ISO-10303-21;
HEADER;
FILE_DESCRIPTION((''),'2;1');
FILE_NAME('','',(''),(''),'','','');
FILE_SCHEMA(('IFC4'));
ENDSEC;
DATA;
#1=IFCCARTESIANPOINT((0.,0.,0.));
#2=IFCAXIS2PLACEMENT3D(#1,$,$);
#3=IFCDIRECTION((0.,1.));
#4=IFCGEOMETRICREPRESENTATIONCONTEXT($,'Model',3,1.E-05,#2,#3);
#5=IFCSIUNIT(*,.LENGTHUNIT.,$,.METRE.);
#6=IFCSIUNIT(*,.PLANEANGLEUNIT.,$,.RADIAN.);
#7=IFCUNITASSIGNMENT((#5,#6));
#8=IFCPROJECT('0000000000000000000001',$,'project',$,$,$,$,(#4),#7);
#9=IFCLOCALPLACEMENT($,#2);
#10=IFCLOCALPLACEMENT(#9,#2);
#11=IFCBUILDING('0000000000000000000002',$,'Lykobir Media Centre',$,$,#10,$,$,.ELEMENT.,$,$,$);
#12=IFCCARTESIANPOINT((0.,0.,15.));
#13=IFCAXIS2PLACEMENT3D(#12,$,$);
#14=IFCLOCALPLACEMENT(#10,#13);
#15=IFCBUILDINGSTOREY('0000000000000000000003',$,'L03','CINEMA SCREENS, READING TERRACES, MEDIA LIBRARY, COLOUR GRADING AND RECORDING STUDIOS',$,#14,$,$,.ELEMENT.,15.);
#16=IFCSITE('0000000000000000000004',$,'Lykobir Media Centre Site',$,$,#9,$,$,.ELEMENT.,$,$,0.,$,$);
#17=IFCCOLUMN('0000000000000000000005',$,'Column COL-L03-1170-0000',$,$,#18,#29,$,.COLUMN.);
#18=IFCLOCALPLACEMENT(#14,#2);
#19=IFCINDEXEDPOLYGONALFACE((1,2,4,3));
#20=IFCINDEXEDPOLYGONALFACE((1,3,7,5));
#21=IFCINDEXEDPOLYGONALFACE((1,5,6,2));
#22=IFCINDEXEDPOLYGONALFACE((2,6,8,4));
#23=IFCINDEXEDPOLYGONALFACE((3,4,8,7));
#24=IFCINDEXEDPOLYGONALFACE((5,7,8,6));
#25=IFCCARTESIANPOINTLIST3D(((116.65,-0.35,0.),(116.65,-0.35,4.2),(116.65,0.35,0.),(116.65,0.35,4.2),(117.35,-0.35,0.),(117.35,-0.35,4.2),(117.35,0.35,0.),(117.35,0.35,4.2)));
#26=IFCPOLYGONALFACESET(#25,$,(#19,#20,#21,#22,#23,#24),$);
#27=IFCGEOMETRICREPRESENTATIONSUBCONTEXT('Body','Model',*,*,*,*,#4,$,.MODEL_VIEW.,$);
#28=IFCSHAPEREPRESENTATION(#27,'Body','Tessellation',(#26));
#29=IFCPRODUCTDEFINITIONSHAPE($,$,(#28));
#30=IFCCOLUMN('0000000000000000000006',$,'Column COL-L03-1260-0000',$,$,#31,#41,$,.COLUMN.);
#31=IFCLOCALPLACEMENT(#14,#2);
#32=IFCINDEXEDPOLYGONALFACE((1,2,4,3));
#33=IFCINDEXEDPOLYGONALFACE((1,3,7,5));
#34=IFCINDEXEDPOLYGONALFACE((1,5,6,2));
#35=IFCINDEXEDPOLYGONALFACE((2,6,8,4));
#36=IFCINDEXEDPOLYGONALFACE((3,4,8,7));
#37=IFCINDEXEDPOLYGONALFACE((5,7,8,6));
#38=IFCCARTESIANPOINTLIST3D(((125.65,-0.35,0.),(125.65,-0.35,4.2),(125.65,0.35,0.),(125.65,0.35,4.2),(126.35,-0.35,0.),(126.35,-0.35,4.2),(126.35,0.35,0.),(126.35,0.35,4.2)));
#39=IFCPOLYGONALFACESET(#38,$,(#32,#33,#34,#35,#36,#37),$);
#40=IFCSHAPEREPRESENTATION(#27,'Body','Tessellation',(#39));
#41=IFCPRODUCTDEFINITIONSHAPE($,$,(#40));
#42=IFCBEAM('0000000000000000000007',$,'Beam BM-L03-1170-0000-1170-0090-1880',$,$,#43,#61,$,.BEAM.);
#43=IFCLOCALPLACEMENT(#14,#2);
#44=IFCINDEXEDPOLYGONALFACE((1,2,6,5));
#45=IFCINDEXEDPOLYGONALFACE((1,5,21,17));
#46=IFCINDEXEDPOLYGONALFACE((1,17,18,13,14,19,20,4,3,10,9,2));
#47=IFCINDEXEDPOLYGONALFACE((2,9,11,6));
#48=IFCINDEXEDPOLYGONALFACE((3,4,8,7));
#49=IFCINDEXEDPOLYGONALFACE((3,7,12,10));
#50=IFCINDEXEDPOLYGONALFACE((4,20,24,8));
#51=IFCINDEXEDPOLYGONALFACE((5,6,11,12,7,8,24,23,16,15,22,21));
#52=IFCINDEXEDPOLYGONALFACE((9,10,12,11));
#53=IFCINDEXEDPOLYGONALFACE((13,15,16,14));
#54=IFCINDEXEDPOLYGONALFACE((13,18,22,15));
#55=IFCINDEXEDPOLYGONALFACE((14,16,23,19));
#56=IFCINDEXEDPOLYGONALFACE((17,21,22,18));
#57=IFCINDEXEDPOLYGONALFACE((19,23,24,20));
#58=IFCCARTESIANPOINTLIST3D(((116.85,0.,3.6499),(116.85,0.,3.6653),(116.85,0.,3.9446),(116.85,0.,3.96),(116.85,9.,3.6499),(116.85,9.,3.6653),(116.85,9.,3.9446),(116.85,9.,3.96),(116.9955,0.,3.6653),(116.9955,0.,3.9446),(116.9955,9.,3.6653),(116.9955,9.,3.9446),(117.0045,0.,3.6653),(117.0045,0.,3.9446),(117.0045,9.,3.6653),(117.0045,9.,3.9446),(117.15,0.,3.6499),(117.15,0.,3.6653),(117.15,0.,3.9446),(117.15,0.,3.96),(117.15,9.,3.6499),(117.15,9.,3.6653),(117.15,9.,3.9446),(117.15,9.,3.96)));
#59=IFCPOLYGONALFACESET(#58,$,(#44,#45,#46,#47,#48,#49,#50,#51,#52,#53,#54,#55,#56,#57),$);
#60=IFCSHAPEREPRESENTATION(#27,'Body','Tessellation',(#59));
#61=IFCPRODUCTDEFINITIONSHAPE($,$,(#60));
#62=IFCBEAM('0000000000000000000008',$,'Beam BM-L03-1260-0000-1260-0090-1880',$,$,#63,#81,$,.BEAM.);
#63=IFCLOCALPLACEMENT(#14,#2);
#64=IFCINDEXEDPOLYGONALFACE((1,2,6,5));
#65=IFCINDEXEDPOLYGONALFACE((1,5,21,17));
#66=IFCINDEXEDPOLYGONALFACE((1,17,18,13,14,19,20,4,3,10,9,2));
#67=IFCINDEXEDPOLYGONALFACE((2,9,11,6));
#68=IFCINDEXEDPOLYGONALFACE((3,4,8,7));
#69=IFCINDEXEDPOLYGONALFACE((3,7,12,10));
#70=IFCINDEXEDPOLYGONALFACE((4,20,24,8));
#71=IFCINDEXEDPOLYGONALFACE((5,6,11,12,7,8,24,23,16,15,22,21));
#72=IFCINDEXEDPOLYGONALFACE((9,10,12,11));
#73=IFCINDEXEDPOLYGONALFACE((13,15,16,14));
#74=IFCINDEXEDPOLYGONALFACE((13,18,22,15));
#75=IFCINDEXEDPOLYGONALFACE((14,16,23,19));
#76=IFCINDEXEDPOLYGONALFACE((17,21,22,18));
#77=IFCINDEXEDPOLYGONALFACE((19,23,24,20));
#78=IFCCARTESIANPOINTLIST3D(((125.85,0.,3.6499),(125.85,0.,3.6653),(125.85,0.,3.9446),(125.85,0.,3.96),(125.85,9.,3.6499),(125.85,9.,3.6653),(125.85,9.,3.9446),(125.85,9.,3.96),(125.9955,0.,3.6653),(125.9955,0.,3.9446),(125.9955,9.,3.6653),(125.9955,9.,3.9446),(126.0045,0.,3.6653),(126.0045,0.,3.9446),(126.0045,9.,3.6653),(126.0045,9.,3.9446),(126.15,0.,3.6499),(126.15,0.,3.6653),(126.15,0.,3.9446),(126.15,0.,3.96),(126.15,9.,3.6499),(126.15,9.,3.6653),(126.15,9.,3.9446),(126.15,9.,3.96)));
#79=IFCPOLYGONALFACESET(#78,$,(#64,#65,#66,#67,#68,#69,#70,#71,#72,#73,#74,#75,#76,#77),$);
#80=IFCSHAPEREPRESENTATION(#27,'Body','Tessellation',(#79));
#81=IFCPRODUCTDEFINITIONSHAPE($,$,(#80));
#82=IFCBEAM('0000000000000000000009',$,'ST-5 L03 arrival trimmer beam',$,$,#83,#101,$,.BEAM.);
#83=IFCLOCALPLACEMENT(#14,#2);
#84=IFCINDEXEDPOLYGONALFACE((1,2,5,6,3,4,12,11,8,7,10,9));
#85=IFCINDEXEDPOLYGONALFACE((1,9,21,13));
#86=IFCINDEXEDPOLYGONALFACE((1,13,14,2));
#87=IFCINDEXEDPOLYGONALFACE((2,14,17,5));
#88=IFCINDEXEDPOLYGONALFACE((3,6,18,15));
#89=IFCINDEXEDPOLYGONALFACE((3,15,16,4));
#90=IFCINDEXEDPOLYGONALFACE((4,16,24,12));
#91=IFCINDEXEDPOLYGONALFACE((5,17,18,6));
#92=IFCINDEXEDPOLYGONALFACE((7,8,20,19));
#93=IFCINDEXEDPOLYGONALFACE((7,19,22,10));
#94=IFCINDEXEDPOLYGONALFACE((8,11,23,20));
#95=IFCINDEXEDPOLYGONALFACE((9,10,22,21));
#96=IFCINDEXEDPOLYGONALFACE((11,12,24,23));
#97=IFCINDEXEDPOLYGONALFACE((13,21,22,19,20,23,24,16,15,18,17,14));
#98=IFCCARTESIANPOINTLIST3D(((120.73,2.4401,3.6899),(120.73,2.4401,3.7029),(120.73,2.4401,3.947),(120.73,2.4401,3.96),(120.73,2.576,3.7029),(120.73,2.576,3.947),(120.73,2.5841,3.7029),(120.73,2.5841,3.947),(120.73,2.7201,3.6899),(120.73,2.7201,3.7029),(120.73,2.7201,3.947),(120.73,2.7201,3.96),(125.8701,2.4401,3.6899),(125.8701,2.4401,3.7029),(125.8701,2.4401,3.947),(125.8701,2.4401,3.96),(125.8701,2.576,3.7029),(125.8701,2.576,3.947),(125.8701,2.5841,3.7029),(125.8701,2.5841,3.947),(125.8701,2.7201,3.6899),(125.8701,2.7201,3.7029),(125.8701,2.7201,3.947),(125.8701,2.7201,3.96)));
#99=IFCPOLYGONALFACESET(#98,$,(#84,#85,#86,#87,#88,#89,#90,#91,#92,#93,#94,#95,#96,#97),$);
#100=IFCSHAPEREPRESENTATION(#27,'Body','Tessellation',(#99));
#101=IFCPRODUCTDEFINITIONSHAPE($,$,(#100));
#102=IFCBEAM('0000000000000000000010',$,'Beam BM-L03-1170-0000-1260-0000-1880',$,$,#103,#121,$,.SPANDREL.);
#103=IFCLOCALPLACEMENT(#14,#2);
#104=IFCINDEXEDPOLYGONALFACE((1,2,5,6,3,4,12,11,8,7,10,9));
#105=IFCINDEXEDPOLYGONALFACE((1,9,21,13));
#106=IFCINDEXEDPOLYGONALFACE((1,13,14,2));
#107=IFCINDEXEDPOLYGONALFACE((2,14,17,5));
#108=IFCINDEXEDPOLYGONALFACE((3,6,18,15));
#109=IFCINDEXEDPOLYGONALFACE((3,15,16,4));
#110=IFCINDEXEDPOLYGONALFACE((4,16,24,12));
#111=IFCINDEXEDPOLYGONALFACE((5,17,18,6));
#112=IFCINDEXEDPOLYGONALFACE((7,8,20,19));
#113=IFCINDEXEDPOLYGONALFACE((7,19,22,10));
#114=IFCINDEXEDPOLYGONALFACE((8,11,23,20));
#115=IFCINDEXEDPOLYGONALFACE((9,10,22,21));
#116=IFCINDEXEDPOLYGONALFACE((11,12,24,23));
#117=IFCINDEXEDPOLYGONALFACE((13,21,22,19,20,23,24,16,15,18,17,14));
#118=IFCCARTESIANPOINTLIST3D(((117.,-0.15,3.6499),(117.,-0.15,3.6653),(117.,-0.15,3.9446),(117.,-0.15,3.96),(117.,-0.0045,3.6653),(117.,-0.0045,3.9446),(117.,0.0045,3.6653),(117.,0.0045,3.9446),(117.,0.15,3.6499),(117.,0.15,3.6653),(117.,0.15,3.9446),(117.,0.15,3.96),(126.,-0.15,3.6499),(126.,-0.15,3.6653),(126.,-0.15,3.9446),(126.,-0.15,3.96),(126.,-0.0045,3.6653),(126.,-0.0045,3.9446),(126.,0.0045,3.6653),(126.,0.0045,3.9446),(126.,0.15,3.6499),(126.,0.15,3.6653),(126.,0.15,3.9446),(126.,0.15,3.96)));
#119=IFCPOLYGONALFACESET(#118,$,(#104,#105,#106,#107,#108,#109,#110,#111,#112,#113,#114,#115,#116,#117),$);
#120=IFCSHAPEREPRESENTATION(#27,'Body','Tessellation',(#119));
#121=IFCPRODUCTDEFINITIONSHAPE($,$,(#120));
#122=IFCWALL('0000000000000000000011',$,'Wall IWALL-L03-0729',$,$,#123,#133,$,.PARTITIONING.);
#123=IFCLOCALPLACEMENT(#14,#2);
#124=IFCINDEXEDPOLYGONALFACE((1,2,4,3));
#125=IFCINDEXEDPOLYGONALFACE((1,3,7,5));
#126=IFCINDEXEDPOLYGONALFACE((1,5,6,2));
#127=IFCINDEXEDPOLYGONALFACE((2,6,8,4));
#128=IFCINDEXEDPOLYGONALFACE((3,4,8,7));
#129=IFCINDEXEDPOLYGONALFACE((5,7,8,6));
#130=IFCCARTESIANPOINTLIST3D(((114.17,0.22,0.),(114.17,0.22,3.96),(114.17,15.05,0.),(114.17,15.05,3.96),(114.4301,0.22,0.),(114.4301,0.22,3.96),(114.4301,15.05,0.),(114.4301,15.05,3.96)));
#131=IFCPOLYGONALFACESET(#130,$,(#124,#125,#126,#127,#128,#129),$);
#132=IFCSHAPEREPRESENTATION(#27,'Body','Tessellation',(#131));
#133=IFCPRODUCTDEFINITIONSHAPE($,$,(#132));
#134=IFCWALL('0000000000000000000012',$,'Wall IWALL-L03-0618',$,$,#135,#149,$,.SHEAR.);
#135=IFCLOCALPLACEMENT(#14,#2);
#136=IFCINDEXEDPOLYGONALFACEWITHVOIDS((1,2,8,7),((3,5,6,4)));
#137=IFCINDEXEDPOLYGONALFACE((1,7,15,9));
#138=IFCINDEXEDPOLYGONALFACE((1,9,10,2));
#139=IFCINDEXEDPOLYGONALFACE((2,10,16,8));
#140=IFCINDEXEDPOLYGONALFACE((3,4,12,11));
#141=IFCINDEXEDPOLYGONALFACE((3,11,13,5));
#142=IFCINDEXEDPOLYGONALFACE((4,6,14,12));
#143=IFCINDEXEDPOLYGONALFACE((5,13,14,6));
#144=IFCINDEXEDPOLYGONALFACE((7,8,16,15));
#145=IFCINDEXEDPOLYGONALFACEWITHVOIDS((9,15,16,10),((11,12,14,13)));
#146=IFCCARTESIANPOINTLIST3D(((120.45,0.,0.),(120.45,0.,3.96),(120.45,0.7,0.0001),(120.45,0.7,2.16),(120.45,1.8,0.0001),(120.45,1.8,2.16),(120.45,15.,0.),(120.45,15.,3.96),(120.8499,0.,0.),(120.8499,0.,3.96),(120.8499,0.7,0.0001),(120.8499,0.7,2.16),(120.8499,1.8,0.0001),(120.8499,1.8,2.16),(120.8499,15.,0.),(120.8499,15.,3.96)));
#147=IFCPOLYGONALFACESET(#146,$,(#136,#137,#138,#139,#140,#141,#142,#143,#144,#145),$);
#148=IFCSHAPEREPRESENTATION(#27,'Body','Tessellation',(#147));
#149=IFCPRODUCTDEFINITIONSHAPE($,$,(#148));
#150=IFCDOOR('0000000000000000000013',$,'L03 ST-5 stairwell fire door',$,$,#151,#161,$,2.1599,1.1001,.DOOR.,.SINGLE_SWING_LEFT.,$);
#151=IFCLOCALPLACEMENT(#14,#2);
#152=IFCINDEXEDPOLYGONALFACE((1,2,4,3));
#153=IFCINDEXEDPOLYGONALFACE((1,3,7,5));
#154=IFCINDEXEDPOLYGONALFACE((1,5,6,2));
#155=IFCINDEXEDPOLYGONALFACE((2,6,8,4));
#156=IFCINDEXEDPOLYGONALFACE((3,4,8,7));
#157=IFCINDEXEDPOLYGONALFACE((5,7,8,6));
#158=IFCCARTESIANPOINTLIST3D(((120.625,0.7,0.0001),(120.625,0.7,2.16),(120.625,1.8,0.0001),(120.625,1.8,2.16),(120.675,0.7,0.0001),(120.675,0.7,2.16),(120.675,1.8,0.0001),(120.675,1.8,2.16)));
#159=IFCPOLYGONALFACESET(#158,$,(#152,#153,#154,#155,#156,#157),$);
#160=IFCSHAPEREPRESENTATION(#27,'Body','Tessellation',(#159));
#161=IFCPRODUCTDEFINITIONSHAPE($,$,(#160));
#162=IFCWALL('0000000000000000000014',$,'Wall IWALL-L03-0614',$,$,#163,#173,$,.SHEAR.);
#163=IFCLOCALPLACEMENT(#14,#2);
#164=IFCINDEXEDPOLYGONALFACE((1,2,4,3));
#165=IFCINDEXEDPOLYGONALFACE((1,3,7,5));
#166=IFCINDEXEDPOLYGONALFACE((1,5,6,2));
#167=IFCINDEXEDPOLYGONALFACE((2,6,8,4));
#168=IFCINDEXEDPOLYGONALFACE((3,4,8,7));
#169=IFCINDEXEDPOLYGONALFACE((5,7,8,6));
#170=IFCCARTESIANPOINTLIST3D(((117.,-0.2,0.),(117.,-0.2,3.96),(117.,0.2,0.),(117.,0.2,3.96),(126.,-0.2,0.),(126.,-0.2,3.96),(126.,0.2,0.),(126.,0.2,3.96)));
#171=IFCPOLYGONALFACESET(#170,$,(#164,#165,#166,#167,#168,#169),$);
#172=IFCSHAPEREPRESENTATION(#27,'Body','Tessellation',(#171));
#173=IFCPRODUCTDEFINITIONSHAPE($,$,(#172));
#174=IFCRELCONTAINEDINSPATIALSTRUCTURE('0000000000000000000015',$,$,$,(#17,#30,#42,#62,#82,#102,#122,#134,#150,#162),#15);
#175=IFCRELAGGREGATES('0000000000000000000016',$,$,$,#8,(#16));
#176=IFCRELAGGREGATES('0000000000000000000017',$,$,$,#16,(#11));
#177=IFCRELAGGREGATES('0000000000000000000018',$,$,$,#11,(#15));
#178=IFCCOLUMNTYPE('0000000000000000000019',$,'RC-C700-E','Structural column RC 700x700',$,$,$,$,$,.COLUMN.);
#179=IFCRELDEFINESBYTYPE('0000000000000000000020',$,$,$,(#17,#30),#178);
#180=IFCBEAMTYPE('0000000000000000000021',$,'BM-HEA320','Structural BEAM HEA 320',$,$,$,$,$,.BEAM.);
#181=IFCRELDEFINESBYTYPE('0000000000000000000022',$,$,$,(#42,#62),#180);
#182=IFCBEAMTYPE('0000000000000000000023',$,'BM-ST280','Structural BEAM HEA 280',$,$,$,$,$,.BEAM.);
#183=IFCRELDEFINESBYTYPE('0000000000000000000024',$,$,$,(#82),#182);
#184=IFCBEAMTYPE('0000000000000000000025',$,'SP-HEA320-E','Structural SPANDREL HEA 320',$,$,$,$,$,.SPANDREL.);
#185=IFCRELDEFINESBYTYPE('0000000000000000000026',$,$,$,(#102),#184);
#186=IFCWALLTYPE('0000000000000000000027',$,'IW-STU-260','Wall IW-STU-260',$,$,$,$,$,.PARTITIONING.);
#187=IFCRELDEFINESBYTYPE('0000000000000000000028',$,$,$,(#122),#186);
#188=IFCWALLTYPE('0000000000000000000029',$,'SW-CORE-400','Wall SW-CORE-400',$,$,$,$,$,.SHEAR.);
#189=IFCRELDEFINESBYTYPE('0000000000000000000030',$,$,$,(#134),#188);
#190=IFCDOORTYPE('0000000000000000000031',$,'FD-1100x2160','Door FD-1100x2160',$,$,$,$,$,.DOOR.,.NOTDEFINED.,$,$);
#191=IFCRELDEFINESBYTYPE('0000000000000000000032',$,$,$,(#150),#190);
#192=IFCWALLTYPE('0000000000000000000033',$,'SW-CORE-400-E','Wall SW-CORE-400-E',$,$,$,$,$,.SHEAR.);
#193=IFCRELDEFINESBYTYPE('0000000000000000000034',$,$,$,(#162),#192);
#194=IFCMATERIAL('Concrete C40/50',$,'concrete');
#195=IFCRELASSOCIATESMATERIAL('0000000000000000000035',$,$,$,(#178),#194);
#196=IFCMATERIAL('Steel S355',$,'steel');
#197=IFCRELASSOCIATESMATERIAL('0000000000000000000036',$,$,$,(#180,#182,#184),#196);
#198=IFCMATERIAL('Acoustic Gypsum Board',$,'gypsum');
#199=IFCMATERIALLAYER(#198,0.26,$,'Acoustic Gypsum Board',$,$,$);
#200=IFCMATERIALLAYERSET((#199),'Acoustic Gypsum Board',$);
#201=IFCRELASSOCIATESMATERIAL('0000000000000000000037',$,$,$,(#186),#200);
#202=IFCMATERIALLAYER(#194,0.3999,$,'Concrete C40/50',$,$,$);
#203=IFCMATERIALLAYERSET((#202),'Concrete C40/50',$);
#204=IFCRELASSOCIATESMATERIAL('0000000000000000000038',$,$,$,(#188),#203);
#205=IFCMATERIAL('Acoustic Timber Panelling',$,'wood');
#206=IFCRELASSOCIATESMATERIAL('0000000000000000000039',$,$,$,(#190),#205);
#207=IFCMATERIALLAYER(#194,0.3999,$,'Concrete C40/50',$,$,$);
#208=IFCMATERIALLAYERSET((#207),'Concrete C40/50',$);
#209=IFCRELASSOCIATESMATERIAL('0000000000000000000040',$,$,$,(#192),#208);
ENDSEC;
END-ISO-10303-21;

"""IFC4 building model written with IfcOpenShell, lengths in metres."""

from ifc_helpers import new_model, si_unit, direction, frame, frame_2d, origin, origin_2d, place, context, subcontext, project, spatial, rectangle, i_section, extrude, material, layer, layer_set, material_profile, profile_set, type_object, element, fill, save


model = new_model("IFC4")

# Units and contexts
model_context = context("Model", 3, precision=1e-05, world=origin(), true_north=direction((0.0, 1.0)))
body_context = subcontext(model_context, "Body", "Model", "MODEL_VIEW")
ifc_project = project(units=[si_unit("LENGTHUNIT", "METRE"), si_unit("PLANEANGLEUNIT", "RADIAN")], contexts=[model_context])

# Site, building, storey
site_placement = place(None, origin())
site = spatial("IfcSite", under=ifc_project, at=site_placement, Name="Lykobir Media Centre Site", CompositionType="ELEMENT", RefElevation=0.0)
building_placement = place(site_placement, origin())
building = spatial("IfcBuilding", under=site, at=building_placement, Name="Lykobir Media Centre", CompositionType="ELEMENT")
storey_placement = place(building_placement, frame((0.0, 0.0, 15.0)))
storey = spatial("IfcBuildingStorey", under=building, at=storey_placement, Name="L03", Description="CINEMA SCREENS, READING TERRACES, MEDIA LIBRARY, COLOUR GRADING AND RECORDING STUDIOS", CompositionType="ELEMENT", Elevation=15.0)

# Columns
ifc_material_1 = material(Name="Concrete C40/50", Category="concrete")
ifc_material_profile_1 = material_profile(ifc_material_1, rectangle(XDim=0.7, YDim=0.7, at=origin_2d()), Name="RC 700x700")
ifc_profile_set_1 = profile_set([ifc_material_profile_1], Name="Concrete C40/50")
column_type = type_object("IfcColumnType", Name="RC-C700-E", Description="Structural column RC 700x700", PredefinedType="COLUMN", material=ifc_profile_set_1)
for number, where, z_axis, x_axis, name in (
    (1, (117.0, 0.0, 0.0), (0.0, 0.0, 1.0), (1.0, 0.0, 0.0), "Column COL-L03-1170-0000"),
    (2, (126.0, 0.0, 0.0), (0.0, 0.0, 1.0), (1.0, 0.0, 0.0), "Column COL-L03-1260-0000"),
):
    element("IfcColumn", number, at=place(storey_placement, frame(where, z_axis=z_axis, x_axis=x_axis)), inside=storey, type_object=column_type, Name=name, PredefinedType="COLUMN", context=body_context, shape_type="SweptSolid", body=[
        extrude(rectangle(XDim=0.7, YDim=0.7, at=origin_2d()), origin(), (0.0, 0.0, 1.0), 4.2),
    ])

# Beams
ifc_material_2 = material(Name="Steel S355", Category="steel")
ifc_material_profile_2 = material_profile(ifc_material_2, i_section(OverallWidth=0.3, OverallDepth=0.3101, WebThickness=0.009, FlangeThickness=0.0154, at=origin_2d()), Name="HEA 320")
ifc_profile_set_2 = profile_set([ifc_material_profile_2], Name="Steel S355")
beam_type_1 = type_object("IfcBeamType", Name="BM-HEA320", Description="Structural BEAM HEA 320", PredefinedType="BEAM", material=ifc_profile_set_2)
for number, where, z_axis, x_axis, name in (
    (3, (117.0, 0.0, 3.8049), (0.0, 1.0, 0.0), (-1.0, 0.0, 0.0), "Beam BM-L03-1170-0000-1170-0090-1880"),
    (4, (126.0, 0.0, 3.8049), (0.0, 1.0, 0.0), (-1.0, 0.0, 0.0), "Beam BM-L03-1260-0000-1260-0090-1880"),
):
    element("IfcBeam", number, at=place(storey_placement, frame(where, z_axis=z_axis, x_axis=x_axis)), inside=storey, type_object=beam_type_1, Name=name, PredefinedType="BEAM", context=body_context, shape_type="SweptSolid", body=[
        extrude(i_section(OverallWidth=0.3, OverallDepth=0.3101, WebThickness=0.009, FlangeThickness=0.0154, at=origin_2d()), origin(), (0.0, 0.0, 1.0), 9.0),
    ])
ifc_material_profile_3 = material_profile(ifc_material_2, i_section(OverallWidth=0.28, OverallDepth=0.27, WebThickness=0.0081, FlangeThickness=0.0129, at=origin_2d()), Name="HEA 280")
ifc_profile_set_3 = profile_set([ifc_material_profile_3], Name="Steel S355")
beam_type_2 = type_object("IfcBeamType", Name="BM-ST280", Description="Structural BEAM HEA 280", PredefinedType="BEAM", material=ifc_profile_set_3)
beam_1_placement = place(storey_placement, frame((120.73, 2.5801, 3.825), z_axis=(1.0, 0.0, 0.0), x_axis=(0.0, 1.0, 0.0)))
element("IfcBeam", 5, at=beam_1_placement, inside=storey, type_object=beam_type_2, Name="ST-5 L03 arrival trimmer beam", PredefinedType="BEAM", context=body_context, shape_type="SweptSolid", body=[
    extrude(i_section(OverallWidth=0.28, OverallDepth=0.27, WebThickness=0.0081, FlangeThickness=0.0129, at=origin_2d()), origin(), (0.0, 0.0, 1.0), 5.1401),
])
ifc_material_profile_4 = material_profile(ifc_material_2, i_section(OverallWidth=0.3, OverallDepth=0.3101, WebThickness=0.009, FlangeThickness=0.0154, at=origin_2d()), Name="HEA 320")
ifc_profile_set_4 = profile_set([ifc_material_profile_4], Name="Steel S355")
beam_type_3 = type_object("IfcBeamType", Name="SP-HEA320-E", Description="Structural SPANDREL HEA 320", PredefinedType="SPANDREL", material=ifc_profile_set_4)
beam_2_placement = place(storey_placement, frame((117.0, 0.0, 3.8049), z_axis=(1.0, 0.0, 0.0), x_axis=(0.0, 1.0, 0.0)))
element("IfcBeam", 6, at=beam_2_placement, inside=storey, type_object=beam_type_3, Name="Beam BM-L03-1170-0000-1260-0000-1880", PredefinedType="SPANDREL", context=body_context, shape_type="SweptSolid", body=[
    extrude(i_section(OverallWidth=0.3, OverallDepth=0.3101, WebThickness=0.009, FlangeThickness=0.0154, at=origin_2d()), origin(), (0.0, 0.0, 1.0), 9.0),
])

# Wall
ifc_material_3 = material(Name="Acoustic Gypsum Board", Category="gypsum")
ifc_layer_1 = layer(ifc_material_3, 0.26, Name="Acoustic Gypsum Board")
ifc_layer_set_1 = layer_set([ifc_layer_1], Name="Acoustic Gypsum Board")
wall_type_1 = type_object("IfcWallType", Name="IW-STU-260", Description="Wall IW-STU-260", PredefinedType="PARTITIONING", material=ifc_layer_set_1)
wall_1_placement = place(storey_placement, frame((114.3, 0.22, 0.0), z_axis=(0.0, 0.0, 1.0), x_axis=(0.0, 1.0, 0.0)))
element("IfcWall", 7, at=wall_1_placement, inside=storey, type_object=wall_type_1, Name="Wall IWALL-L03-0729", PredefinedType="PARTITIONING", context=body_context, shape_type="SweptSolid", body=[
    extrude(rectangle(XDim=14.8301, YDim=0.26, at=frame_2d((7.415, 0.0))), origin(), (0.0, 0.0, 1.0), 3.96),
])

# Wall, opening, door
ifc_layer_2 = layer(ifc_material_1, 0.3999, Name="Concrete C40/50")
ifc_layer_set_2 = layer_set([ifc_layer_2], Name="Concrete C40/50")
wall_type_2 = type_object("IfcWallType", Name="SW-CORE-400", Description="Wall SW-CORE-400", PredefinedType="SHEAR", material=ifc_layer_set_2)
wall_2_placement = place(storey_placement, frame((120.6499, 0.0, 0.0), z_axis=(0.0, 0.0, 1.0), x_axis=(0.0, 1.0, 0.0)))
wall_2 = element("IfcWall", 8, at=wall_2_placement, inside=storey, type_object=wall_type_2, Name="Wall IWALL-L03-0618", PredefinedType="SHEAR", context=body_context, shape_type="SweptSolid", body=[
    extrude(rectangle(XDim=15.0, YDim=0.3999, at=frame_2d((7.5, 0.0))), origin(), (0.0, 0.0, 1.0), 3.96),
])
opening_placement = place(wall_2_placement, frame((0.7, 0.0, 0.0)))
opening = element("IfcOpeningElement", 9, at=opening_placement, cuts=wall_2, PredefinedType="OPENING", context=body_context, shape_type="SweptSolid", body=[
    extrude(rectangle(XDim=1.1001, YDim=2.1599, at=frame_2d((0.55, 1.0801))), frame((0.0, 0.21, 0.0), z_axis=(0.0, -1.0, 0.0), x_axis=(1.0, 0.0, 0.0)), (0.0, 0.0, 1.0), 0.4199),
])
ifc_material_4 = material(Name="Acoustic Timber Panelling", Category="wood")
door_type = type_object("IfcDoorType", Name="FD-1100x2160", Description="Door FD-1100x2160", OperationType="NOTDEFINED", PredefinedType="DOOR", material=ifc_material_4)
door_placement = place(opening_placement, origin())
door = element("IfcDoor", 10, at=door_placement, inside=storey, type_object=door_type, Name="L03 ST-5 stairwell fire door", OperationType="SINGLE_SWING_LEFT", OverallHeight=2.1599, OverallWidth=1.1001, PredefinedType="DOOR", context=body_context, shape_type="SweptSolid", body=[
    extrude(rectangle(XDim=1.1001, YDim=2.1599, at=frame_2d((0.55, 1.0801))), frame((0.0, 0.0249, 0.0), z_axis=(0.0, -1.0, 0.0), x_axis=(1.0, 0.0, 0.0)), (0.0, 0.0, 1.0), 0.05),
])
fill(opening, door)

# Wall
ifc_layer_3 = layer(ifc_material_1, 0.3999, Name="Concrete C40/50")
ifc_layer_set_3 = layer_set([ifc_layer_3], Name="Concrete C40/50")
wall_type_3 = type_object("IfcWallType", Name="SW-CORE-400-E", Description="Wall SW-CORE-400-E", PredefinedType="SHEAR", material=ifc_layer_set_3)
wall_3_placement = place(storey_placement, frame((117.0, 0.0, 0.0), z_axis=(0.0, 0.0, 1.0), x_axis=(1.0, 0.0, 0.0)))
element("IfcWall", 11, at=wall_3_placement, inside=storey, type_object=wall_type_3, Name="Wall IWALL-L03-0614", PredefinedType="SHEAR", context=body_context, shape_type="SweptSolid", body=[
    extrude(rectangle(XDim=9.0, YDim=0.3999, at=frame_2d((4.5, 0.0))), origin(), (0.0, 0.0, 1.0), 3.96),
])

save(model, "model.ifc")
